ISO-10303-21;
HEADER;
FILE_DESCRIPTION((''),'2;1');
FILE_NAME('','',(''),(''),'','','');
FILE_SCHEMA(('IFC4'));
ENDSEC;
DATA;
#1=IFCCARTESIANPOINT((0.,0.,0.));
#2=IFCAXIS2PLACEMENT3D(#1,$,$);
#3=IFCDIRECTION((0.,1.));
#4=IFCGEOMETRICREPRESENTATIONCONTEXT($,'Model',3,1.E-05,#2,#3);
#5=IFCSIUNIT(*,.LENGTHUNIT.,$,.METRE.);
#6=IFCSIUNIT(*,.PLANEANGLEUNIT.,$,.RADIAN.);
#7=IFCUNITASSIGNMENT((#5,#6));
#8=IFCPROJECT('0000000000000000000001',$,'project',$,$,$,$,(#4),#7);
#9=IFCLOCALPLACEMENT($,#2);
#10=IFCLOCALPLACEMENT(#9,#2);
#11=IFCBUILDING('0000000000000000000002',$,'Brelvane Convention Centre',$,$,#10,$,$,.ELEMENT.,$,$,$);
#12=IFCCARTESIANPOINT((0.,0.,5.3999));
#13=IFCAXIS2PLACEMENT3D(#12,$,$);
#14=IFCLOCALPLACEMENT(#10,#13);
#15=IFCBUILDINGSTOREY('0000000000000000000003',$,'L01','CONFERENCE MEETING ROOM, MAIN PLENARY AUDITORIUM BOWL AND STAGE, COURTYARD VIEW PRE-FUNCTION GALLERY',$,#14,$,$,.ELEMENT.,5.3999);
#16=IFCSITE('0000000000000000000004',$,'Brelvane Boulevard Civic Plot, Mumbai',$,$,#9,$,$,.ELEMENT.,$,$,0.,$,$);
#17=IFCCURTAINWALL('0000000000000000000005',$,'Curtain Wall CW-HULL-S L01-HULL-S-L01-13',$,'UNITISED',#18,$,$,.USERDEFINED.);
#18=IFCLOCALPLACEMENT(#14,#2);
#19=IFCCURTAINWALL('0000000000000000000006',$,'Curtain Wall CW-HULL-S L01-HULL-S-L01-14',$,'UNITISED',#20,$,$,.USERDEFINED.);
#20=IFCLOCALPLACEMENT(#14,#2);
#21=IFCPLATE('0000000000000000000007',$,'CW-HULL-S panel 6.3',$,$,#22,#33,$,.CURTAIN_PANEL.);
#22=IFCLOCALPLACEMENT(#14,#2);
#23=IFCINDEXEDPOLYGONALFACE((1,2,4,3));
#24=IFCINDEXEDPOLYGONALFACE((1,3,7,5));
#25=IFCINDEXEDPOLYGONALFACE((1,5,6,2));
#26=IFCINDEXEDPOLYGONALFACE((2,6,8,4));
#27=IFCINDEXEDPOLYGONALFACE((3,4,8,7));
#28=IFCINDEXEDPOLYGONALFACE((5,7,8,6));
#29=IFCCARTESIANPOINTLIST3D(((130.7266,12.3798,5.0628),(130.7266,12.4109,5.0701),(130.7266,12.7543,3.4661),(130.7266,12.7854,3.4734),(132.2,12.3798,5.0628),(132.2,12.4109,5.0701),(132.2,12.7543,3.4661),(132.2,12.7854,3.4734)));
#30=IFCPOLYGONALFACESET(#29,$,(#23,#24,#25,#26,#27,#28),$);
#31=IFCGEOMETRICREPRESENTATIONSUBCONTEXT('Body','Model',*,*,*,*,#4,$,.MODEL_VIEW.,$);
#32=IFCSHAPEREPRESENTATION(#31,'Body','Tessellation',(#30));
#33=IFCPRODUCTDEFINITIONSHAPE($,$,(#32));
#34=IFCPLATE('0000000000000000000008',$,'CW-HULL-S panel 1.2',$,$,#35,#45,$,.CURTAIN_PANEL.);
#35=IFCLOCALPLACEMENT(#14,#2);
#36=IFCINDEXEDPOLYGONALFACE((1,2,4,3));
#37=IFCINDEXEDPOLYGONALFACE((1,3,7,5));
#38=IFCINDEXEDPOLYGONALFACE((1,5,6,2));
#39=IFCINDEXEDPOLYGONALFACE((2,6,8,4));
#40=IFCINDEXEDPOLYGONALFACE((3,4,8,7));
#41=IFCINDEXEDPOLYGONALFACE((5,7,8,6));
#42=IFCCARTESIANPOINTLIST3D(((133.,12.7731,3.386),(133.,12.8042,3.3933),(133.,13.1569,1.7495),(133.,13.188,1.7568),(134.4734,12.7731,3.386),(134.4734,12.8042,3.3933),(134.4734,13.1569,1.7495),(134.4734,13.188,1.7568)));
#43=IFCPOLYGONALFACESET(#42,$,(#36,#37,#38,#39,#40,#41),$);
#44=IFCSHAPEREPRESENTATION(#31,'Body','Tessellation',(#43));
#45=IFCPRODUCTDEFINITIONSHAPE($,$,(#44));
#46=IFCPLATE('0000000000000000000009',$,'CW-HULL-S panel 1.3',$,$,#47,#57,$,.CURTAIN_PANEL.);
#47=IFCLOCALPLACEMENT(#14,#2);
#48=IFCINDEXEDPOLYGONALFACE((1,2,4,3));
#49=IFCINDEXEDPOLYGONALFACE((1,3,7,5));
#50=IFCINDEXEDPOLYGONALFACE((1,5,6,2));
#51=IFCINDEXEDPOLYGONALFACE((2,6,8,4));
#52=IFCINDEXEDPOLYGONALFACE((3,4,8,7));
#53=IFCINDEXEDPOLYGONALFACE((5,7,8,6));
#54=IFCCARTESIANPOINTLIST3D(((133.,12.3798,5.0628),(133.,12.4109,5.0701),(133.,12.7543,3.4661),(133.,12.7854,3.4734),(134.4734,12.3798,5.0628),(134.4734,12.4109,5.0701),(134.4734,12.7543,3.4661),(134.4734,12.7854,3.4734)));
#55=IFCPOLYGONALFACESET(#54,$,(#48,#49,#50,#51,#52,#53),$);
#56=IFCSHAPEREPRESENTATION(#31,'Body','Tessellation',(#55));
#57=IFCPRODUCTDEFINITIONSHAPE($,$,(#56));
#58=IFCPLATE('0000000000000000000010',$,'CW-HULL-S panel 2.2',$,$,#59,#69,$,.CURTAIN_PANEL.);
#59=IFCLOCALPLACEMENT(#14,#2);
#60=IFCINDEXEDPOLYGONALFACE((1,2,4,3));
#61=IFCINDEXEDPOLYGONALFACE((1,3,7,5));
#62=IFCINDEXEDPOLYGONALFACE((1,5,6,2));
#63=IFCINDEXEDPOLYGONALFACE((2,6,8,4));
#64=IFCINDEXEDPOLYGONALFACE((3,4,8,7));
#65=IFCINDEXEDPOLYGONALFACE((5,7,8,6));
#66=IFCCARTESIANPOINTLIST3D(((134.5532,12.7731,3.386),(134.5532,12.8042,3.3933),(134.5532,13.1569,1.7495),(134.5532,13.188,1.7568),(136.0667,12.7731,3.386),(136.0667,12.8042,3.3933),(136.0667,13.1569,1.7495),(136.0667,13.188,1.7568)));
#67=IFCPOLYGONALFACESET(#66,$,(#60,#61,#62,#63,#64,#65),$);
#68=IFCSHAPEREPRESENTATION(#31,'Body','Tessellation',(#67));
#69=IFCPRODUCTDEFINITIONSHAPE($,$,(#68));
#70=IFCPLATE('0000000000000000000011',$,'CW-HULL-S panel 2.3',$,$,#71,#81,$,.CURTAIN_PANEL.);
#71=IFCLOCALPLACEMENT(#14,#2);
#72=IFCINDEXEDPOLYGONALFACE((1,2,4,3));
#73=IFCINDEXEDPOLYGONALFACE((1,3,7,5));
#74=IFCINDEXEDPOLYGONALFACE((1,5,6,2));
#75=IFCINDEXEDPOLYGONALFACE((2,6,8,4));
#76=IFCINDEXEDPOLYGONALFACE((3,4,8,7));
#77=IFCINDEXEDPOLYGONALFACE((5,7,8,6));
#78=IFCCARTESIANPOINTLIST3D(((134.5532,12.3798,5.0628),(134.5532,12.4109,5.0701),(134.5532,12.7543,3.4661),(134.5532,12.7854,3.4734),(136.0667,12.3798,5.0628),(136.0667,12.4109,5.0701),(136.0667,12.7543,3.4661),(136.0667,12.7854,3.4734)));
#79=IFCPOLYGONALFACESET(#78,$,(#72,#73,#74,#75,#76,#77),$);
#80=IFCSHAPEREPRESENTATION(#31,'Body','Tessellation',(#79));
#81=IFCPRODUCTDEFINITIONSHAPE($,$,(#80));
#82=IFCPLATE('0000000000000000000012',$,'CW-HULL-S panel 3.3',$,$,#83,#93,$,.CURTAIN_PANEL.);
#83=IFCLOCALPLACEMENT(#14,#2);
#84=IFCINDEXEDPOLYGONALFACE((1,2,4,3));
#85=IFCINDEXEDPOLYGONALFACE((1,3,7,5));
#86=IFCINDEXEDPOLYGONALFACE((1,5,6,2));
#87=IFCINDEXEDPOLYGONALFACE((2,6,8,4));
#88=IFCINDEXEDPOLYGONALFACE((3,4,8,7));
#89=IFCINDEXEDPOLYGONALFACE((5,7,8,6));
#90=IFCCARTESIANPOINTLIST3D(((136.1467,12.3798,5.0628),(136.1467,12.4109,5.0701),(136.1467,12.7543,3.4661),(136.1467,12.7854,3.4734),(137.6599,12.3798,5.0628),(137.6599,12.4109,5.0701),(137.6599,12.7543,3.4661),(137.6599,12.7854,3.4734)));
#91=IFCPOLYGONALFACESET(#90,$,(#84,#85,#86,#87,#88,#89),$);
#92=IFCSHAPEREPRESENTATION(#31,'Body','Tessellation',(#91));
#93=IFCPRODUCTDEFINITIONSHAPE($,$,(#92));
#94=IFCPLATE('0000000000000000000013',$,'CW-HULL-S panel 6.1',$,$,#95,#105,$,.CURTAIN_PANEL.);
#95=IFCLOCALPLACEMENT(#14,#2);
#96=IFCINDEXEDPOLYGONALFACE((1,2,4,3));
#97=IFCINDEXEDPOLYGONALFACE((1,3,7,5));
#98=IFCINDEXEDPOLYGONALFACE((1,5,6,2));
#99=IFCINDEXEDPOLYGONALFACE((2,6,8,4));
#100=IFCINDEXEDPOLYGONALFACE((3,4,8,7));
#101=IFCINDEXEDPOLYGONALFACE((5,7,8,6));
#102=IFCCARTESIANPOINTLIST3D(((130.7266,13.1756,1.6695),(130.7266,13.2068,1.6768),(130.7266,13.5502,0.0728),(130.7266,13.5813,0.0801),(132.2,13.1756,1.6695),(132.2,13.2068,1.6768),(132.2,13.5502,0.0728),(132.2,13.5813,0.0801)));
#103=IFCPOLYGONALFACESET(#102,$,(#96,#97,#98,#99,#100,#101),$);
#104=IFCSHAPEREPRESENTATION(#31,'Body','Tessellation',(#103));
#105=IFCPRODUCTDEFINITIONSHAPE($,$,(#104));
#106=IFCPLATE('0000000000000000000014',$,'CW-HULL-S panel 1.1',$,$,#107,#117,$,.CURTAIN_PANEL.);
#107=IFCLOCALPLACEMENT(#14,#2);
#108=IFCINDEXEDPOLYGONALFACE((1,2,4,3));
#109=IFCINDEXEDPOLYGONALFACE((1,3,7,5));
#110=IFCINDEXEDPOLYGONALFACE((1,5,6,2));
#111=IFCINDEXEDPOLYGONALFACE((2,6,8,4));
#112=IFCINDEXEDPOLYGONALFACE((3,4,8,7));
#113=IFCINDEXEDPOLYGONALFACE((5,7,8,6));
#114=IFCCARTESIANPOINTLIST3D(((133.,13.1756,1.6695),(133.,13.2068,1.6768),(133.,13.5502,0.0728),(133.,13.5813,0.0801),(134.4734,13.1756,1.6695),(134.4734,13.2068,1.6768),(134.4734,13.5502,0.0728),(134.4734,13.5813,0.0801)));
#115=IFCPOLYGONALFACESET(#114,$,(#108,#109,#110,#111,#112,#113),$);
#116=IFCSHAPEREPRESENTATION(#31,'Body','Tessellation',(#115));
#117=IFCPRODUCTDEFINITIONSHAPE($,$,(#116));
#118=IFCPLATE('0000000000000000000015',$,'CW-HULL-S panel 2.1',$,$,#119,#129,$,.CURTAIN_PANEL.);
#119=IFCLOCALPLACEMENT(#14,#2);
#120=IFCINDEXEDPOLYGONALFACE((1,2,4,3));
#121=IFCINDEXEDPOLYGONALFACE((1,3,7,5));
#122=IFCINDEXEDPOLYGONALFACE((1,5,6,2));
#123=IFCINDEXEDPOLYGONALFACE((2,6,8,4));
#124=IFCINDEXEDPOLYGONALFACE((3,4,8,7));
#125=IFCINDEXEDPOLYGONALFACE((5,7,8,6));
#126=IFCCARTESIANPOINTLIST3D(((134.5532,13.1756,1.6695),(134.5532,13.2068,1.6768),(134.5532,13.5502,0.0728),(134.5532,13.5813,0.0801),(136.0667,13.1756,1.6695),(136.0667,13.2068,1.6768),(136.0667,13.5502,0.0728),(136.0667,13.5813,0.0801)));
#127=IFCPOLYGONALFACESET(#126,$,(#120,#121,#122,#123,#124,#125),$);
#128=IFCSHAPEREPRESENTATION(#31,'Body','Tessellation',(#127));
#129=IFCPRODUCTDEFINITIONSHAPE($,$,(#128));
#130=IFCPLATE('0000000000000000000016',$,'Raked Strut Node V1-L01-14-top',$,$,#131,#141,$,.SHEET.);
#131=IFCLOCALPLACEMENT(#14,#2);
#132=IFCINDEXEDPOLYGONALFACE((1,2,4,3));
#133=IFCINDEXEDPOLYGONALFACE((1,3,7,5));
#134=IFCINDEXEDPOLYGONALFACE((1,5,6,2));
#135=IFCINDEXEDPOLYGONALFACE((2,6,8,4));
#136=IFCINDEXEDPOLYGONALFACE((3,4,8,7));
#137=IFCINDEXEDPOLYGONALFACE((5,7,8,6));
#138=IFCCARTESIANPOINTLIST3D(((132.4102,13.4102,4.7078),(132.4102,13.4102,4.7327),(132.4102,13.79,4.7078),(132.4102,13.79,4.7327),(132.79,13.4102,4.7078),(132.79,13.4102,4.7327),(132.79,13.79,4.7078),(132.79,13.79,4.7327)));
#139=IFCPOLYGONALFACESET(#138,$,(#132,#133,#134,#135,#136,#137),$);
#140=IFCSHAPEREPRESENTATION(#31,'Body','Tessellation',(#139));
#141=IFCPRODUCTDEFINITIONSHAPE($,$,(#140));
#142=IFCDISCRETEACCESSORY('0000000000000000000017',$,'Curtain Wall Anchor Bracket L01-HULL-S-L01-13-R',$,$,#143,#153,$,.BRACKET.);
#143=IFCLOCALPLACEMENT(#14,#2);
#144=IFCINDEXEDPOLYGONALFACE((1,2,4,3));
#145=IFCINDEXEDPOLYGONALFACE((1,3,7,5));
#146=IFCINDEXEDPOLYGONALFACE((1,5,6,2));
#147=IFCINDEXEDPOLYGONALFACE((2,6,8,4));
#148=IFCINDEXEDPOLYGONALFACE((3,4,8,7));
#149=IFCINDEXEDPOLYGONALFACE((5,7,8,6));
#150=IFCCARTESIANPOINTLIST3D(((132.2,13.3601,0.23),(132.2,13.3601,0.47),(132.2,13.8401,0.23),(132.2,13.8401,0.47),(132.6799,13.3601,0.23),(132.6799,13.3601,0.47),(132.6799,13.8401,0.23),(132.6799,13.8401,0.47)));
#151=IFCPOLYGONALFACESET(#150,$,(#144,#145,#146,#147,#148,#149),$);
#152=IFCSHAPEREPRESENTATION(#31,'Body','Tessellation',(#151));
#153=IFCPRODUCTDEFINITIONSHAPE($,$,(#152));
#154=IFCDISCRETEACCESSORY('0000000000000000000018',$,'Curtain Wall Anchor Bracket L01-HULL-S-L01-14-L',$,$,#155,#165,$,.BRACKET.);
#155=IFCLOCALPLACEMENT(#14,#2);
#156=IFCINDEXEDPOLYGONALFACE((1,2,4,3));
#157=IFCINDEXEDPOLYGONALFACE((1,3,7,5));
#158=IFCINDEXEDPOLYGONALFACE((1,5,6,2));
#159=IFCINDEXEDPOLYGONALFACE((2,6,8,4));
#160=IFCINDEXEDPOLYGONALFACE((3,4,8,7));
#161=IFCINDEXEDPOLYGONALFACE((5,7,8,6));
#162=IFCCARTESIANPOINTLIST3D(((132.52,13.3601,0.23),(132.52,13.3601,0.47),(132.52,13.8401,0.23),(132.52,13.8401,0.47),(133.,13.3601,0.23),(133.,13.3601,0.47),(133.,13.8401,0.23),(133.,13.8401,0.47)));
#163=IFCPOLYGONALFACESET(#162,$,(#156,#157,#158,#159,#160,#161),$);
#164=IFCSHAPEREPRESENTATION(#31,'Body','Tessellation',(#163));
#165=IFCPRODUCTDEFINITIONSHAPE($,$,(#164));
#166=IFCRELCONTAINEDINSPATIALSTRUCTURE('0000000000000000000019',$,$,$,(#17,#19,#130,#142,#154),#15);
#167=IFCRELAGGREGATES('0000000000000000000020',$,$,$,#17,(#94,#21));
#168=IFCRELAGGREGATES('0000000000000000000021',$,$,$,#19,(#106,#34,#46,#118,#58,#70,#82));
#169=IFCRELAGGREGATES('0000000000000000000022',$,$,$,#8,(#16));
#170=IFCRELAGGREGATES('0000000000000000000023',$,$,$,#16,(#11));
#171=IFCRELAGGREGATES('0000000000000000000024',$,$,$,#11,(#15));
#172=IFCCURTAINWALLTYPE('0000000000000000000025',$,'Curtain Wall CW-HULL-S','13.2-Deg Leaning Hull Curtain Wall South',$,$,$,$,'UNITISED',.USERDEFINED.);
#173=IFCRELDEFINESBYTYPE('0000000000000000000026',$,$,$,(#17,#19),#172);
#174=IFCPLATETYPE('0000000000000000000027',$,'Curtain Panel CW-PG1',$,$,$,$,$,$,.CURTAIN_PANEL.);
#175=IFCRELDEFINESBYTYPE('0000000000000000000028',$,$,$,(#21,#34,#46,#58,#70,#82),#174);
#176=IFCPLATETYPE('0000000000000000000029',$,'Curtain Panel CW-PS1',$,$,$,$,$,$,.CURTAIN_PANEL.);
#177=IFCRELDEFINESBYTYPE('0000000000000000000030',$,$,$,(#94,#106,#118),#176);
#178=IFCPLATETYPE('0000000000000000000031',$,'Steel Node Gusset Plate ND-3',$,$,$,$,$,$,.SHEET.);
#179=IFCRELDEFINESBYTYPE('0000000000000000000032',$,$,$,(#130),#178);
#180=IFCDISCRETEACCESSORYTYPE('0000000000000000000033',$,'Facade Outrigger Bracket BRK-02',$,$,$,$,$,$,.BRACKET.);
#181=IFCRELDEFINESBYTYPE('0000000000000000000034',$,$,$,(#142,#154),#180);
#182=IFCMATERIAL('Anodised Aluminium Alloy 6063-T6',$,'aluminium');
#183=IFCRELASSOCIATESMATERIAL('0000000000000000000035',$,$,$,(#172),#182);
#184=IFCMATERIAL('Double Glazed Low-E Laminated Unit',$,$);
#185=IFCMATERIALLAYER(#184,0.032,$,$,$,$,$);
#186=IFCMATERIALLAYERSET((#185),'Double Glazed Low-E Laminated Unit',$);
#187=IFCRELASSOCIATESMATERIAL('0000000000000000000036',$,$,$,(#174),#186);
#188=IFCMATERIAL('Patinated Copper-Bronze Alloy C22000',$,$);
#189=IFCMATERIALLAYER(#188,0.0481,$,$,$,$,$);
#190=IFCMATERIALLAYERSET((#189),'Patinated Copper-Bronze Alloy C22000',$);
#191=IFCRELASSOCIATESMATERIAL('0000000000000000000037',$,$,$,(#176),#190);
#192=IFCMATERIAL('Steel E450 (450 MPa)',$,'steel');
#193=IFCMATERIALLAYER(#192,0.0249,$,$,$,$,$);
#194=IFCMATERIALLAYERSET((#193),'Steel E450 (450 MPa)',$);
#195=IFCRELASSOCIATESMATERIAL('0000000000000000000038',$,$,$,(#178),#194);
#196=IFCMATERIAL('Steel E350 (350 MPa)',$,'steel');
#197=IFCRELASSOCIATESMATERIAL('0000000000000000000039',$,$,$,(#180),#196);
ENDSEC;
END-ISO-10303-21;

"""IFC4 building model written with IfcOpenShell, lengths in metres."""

from ifc_helpers import new_model, si_unit, direction, frame, origin, origin_2d, place, context, subcontext, project, spatial, polyline, rectangle, outline, extrude, material, layer, layer_set, type_object, element, aggregate, save


model = new_model("IFC4")

# Units and contexts
model_context = context("Model", 3, precision=1e-05, world=origin(), true_north=direction((0.0, 1.0)))
body_context = subcontext(model_context, "Body", "Model", "MODEL_VIEW")
ifc_project = project(units=[si_unit("LENGTHUNIT", "METRE"), si_unit("PLANEANGLEUNIT", "RADIAN")], contexts=[model_context])

# Site, building, storey
site_placement = place(None, origin())
site = spatial("IfcSite", under=ifc_project, at=site_placement, Name="Brelvane Boulevard Civic Plot, Mumbai", CompositionType="ELEMENT", RefElevation=0.0)
building_placement = place(site_placement, origin())
building = spatial("IfcBuilding", under=site, at=building_placement, Name="Brelvane Convention Centre", CompositionType="ELEMENT")
storey_placement = place(building_placement, frame((0.0, 0.0, 5.3999)))
storey = spatial("IfcBuildingStorey", under=building, at=storey_placement, Name="L01", Description="CONFERENCE MEETING ROOM, MAIN PLENARY AUDITORIUM BOWL AND STAGE, COURTYARD VIEW PRE-FUNCTION GALLERY", CompositionType="ELEMENT", Elevation=5.3999)

# Curtain walls
ifc_material_1 = material(Name="Anodised Aluminium Alloy 6063-T6", Category="aluminium")
curtain_wall_type = type_object("IfcCurtainWallType", Name="Curtain Wall CW-HULL-S", Description="13.2-Deg Leaning Hull Curtain Wall South", ElementType="UNITISED", PredefinedType="USERDEFINED", material=ifc_material_1)
curtain_wall_1_placement = place(storey_placement, origin())
curtain_wall_1 = element("IfcCurtainWall", 1, at=curtain_wall_1_placement, inside=storey, type_object=curtain_wall_type, Name="Curtain Wall CW-HULL-S L01-HULL-S-L01-13", ObjectType="UNITISED", PredefinedType="USERDEFINED")
curtain_wall_2_placement = place(storey_placement, origin())
curtain_wall_2 = element("IfcCurtainWall", 2, at=curtain_wall_2_placement, inside=storey, type_object=curtain_wall_type, Name="Curtain Wall CW-HULL-S L01-HULL-S-L01-14", ObjectType="UNITISED", PredefinedType="USERDEFINED")

# Plates
ifc_material_2 = material(Name="Double Glazed Low-E Laminated Unit")
ifc_layer_1 = layer(ifc_material_2, 0.032)
ifc_layer_set_1 = layer_set([ifc_layer_1], Name="Double Glazed Low-E Laminated Unit")
plate_type_1 = type_object("IfcPlateType", Name="Curtain Panel CW-PG1", PredefinedType="CURTAIN_PANEL", material=ifc_layer_set_1)
plate_1_placement = place(storey_placement, frame((130.7266, 12.7854, 3.4734), z_axis=(0.0, 0.973577, 0.228359), x_axis=(1.0, 0.0, 0.0)))
plate_1 = element("IfcPlate", 3, at=plate_1_placement, type_object=plate_type_1, Name="CW-HULL-S panel 6.3", PredefinedType="CURTAIN_PANEL", context=body_context, shape_type="SweptSolid", body=[
    extrude(outline(polyline([(0.0, 0.0), (1.4734, 0.0), (1.4734, -1.64), (0.0, -1.64), (0.0, 0.0)])), origin(), (0.0, 0.0, -1.0), 0.032),
])
plate_2_placement = place(storey_placement, frame((133.0, 13.188, 1.7568), z_axis=(0.0, 0.973585, 0.228327), x_axis=(1.0, 0.0, 0.0)))
plate_2 = element("IfcPlate", 4, at=plate_2_placement, type_object=plate_type_1, Name="CW-HULL-S panel 1.2", PredefinedType="CURTAIN_PANEL", context=body_context, shape_type="SweptSolid", body=[
    extrude(outline(polyline([(0.0, 0.0), (1.4734, 0.0), (1.4734, -1.6809), (0.0, -1.6809), (0.0, 0.0)])), origin(), (0.0, 0.0, -1.0), 0.032),
])
plate_3_placement = place(storey_placement, frame((133.0, 12.7854, 3.4734), z_axis=(0.0, 0.973577, 0.228359), x_axis=(1.0, 0.0, 0.0)))
plate_3 = element("IfcPlate", 5, at=plate_3_placement, type_object=plate_type_1, Name="CW-HULL-S panel 1.3", PredefinedType="CURTAIN_PANEL", context=body_context, shape_type="SweptSolid", body=[
    extrude(outline(polyline([(0.0, 0.0), (1.4734, 0.0), (1.4734, -1.64), (0.0, -1.64), (0.0, 0.0)])), origin(), (0.0, 0.0, -1.0), 0.032),
])
plate_4_placement = place(storey_placement, frame((134.5532, 13.188, 1.7568), z_axis=(0.0, 0.973585, 0.228327), x_axis=(1.0, 0.0, 0.0)))
plate_4 = element("IfcPlate", 6, at=plate_4_placement, type_object=plate_type_1, Name="CW-HULL-S panel 2.2", PredefinedType="CURTAIN_PANEL", context=body_context, shape_type="SweptSolid", body=[
    extrude(outline(polyline([(0.0, 0.0), (1.5134, 0.0), (1.5134, -1.6809), (0.0, -1.6809), (0.0, 0.0)])), origin(), (0.0, 0.0, -1.0), 0.032),
])
plate_5_placement = place(storey_placement, frame((134.5532, 12.7854, 3.4734), z_axis=(0.0, 0.973577, 0.228359), x_axis=(1.0, 0.0, 0.0)))
plate_5 = element("IfcPlate", 7, at=plate_5_placement, type_object=plate_type_1, Name="CW-HULL-S panel 2.3", PredefinedType="CURTAIN_PANEL", context=body_context, shape_type="SweptSolid", body=[
    extrude(outline(polyline([(0.0, 0.0), (1.5134, 0.0), (1.5134, -1.64), (0.0, -1.64), (0.0, 0.0)])), origin(), (0.0, 0.0, -1.0), 0.032),
])
plate_6_placement = place(storey_placement, frame((136.1467, 12.7854, 3.4734), z_axis=(0.0, 0.973577, 0.228359), x_axis=(1.0, 0.0, 0.0)))
plate_6 = element("IfcPlate", 8, at=plate_6_placement, type_object=plate_type_1, Name="CW-HULL-S panel 3.3", PredefinedType="CURTAIN_PANEL", context=body_context, shape_type="SweptSolid", body=[
    extrude(outline(polyline([(0.0, 0.0), (1.5132, 0.0), (1.5132, -1.64), (0.0, -1.64), (0.0, 0.0)])), origin(), (0.0, 0.0, -1.0), 0.032),
])
ifc_material_3 = material(Name="Patinated Copper-Bronze Alloy C22000")
ifc_layer_2 = layer(ifc_material_3, 0.0481)
ifc_layer_set_2 = layer_set([ifc_layer_2], Name="Patinated Copper-Bronze Alloy C22000")
plate_type_2 = type_object("IfcPlateType", Name="Curtain Panel CW-PS1", PredefinedType="CURTAIN_PANEL", material=ifc_layer_set_2)
plate_7_placement = place(storey_placement, frame((130.7266, 13.5813, 0.0801), z_axis=(0.0, 0.973577, 0.228359), x_axis=(1.0, 0.0, 0.0)))
plate_7 = element("IfcPlate", 9, at=plate_7_placement, type_object=plate_type_2, Name="CW-HULL-S panel 6.1", PredefinedType="CURTAIN_PANEL", context=body_context, shape_type="SweptSolid", body=[
    extrude(outline(polyline([(0.0, 0.0), (1.4734, 0.0), (1.4734, -1.64), (0.0, -1.64), (0.0, 0.0)])), origin(), (0.0, 0.0, -1.0), 0.032),
])
aggregate(curtain_wall_1, [plate_7, plate_1])
plate_8_placement = place(storey_placement, frame((133.0, 13.5813, 0.0801), z_axis=(0.0, 0.973577, 0.228359), x_axis=(1.0, 0.0, 0.0)))
plate_8 = element("IfcPlate", 10, at=plate_8_placement, type_object=plate_type_2, Name="CW-HULL-S panel 1.1", PredefinedType="CURTAIN_PANEL", context=body_context, shape_type="SweptSolid", body=[
    extrude(outline(polyline([(0.0, 0.0), (1.4734, 0.0), (1.4734, -1.64), (0.0, -1.64), (0.0, 0.0)])), origin(), (0.0, 0.0, -1.0), 0.032),
])
plate_9_placement = place(storey_placement, frame((134.5532, 13.5813, 0.0801), z_axis=(0.0, 0.973577, 0.228359), x_axis=(1.0, 0.0, 0.0)))
plate_9 = element("IfcPlate", 11, at=plate_9_placement, type_object=plate_type_2, Name="CW-HULL-S panel 2.1", PredefinedType="CURTAIN_PANEL", context=body_context, shape_type="SweptSolid", body=[
    extrude(outline(polyline([(0.0, 0.0), (1.5134, 0.0), (1.5134, -1.64), (0.0, -1.64), (0.0, 0.0)])), origin(), (0.0, 0.0, -1.0), 0.032),
])
aggregate(curtain_wall_2, [plate_8, plate_2, plate_3, plate_9, plate_4, plate_5, plate_6])
ifc_material_4 = material(Name="Steel E450 (450 MPa)", Category="steel")
ifc_layer_3 = layer(ifc_material_4, 0.0249)
ifc_layer_set_3 = layer_set([ifc_layer_3], Name="Steel E450 (450 MPa)")
plate_type_3 = type_object("IfcPlateType", Name="Steel Node Gusset Plate ND-3", PredefinedType="SHEET", material=ifc_layer_set_3)
plate_10_placement = place(storey_placement, frame((132.6001, 13.6001, 4.7078), z_axis=(0.0, 0.0, 1.0), x_axis=(1.0, 0.0, 0.0)))
element("IfcPlate", 12, at=plate_10_placement, inside=storey, type_object=plate_type_3, Name="Raked Strut Node V1-L01-14-top", PredefinedType="SHEET", context=body_context, shape_type="SweptSolid", body=[
    extrude(rectangle(XDim=0.3799, YDim=0.3799, at=origin_2d()), origin(), (0.0, 0.0, 1.0), 0.0249),
])

# Discrete accessories
ifc_material_5 = material(Name="Steel E350 (350 MPa)", Category="steel")
discrete_accessory_type = type_object("IfcDiscreteAccessoryType", Name="Facade Outrigger Bracket BRK-02", PredefinedType="BRACKET", material=ifc_material_5)
for number, where, z_axis, x_axis, name in (
    (13, (132.4399, 13.6001, 0.23), (0.0, 0.0, 1.0), (1.0, 0.0, 0.0), "Curtain Wall Anchor Bracket L01-HULL-S-L01-13-R"),
    (14, (132.76, 13.6001, 0.23), (0.0, 0.0, 1.0), (1.0, 0.0, 0.0), "Curtain Wall Anchor Bracket L01-HULL-S-L01-14-L"),
):
    element("IfcDiscreteAccessory", number, at=place(storey_placement, frame(where, z_axis=z_axis, x_axis=x_axis)), inside=storey, type_object=discrete_accessory_type, Name=name, PredefinedType="BRACKET", context=body_context, shape_type="SweptSolid", body=[
        extrude(rectangle(XDim=0.48, YDim=0.48, at=origin_2d()), origin(), (0.0, 0.0, 1.0), 0.24),
    ])

save(model, "model.ifc")
